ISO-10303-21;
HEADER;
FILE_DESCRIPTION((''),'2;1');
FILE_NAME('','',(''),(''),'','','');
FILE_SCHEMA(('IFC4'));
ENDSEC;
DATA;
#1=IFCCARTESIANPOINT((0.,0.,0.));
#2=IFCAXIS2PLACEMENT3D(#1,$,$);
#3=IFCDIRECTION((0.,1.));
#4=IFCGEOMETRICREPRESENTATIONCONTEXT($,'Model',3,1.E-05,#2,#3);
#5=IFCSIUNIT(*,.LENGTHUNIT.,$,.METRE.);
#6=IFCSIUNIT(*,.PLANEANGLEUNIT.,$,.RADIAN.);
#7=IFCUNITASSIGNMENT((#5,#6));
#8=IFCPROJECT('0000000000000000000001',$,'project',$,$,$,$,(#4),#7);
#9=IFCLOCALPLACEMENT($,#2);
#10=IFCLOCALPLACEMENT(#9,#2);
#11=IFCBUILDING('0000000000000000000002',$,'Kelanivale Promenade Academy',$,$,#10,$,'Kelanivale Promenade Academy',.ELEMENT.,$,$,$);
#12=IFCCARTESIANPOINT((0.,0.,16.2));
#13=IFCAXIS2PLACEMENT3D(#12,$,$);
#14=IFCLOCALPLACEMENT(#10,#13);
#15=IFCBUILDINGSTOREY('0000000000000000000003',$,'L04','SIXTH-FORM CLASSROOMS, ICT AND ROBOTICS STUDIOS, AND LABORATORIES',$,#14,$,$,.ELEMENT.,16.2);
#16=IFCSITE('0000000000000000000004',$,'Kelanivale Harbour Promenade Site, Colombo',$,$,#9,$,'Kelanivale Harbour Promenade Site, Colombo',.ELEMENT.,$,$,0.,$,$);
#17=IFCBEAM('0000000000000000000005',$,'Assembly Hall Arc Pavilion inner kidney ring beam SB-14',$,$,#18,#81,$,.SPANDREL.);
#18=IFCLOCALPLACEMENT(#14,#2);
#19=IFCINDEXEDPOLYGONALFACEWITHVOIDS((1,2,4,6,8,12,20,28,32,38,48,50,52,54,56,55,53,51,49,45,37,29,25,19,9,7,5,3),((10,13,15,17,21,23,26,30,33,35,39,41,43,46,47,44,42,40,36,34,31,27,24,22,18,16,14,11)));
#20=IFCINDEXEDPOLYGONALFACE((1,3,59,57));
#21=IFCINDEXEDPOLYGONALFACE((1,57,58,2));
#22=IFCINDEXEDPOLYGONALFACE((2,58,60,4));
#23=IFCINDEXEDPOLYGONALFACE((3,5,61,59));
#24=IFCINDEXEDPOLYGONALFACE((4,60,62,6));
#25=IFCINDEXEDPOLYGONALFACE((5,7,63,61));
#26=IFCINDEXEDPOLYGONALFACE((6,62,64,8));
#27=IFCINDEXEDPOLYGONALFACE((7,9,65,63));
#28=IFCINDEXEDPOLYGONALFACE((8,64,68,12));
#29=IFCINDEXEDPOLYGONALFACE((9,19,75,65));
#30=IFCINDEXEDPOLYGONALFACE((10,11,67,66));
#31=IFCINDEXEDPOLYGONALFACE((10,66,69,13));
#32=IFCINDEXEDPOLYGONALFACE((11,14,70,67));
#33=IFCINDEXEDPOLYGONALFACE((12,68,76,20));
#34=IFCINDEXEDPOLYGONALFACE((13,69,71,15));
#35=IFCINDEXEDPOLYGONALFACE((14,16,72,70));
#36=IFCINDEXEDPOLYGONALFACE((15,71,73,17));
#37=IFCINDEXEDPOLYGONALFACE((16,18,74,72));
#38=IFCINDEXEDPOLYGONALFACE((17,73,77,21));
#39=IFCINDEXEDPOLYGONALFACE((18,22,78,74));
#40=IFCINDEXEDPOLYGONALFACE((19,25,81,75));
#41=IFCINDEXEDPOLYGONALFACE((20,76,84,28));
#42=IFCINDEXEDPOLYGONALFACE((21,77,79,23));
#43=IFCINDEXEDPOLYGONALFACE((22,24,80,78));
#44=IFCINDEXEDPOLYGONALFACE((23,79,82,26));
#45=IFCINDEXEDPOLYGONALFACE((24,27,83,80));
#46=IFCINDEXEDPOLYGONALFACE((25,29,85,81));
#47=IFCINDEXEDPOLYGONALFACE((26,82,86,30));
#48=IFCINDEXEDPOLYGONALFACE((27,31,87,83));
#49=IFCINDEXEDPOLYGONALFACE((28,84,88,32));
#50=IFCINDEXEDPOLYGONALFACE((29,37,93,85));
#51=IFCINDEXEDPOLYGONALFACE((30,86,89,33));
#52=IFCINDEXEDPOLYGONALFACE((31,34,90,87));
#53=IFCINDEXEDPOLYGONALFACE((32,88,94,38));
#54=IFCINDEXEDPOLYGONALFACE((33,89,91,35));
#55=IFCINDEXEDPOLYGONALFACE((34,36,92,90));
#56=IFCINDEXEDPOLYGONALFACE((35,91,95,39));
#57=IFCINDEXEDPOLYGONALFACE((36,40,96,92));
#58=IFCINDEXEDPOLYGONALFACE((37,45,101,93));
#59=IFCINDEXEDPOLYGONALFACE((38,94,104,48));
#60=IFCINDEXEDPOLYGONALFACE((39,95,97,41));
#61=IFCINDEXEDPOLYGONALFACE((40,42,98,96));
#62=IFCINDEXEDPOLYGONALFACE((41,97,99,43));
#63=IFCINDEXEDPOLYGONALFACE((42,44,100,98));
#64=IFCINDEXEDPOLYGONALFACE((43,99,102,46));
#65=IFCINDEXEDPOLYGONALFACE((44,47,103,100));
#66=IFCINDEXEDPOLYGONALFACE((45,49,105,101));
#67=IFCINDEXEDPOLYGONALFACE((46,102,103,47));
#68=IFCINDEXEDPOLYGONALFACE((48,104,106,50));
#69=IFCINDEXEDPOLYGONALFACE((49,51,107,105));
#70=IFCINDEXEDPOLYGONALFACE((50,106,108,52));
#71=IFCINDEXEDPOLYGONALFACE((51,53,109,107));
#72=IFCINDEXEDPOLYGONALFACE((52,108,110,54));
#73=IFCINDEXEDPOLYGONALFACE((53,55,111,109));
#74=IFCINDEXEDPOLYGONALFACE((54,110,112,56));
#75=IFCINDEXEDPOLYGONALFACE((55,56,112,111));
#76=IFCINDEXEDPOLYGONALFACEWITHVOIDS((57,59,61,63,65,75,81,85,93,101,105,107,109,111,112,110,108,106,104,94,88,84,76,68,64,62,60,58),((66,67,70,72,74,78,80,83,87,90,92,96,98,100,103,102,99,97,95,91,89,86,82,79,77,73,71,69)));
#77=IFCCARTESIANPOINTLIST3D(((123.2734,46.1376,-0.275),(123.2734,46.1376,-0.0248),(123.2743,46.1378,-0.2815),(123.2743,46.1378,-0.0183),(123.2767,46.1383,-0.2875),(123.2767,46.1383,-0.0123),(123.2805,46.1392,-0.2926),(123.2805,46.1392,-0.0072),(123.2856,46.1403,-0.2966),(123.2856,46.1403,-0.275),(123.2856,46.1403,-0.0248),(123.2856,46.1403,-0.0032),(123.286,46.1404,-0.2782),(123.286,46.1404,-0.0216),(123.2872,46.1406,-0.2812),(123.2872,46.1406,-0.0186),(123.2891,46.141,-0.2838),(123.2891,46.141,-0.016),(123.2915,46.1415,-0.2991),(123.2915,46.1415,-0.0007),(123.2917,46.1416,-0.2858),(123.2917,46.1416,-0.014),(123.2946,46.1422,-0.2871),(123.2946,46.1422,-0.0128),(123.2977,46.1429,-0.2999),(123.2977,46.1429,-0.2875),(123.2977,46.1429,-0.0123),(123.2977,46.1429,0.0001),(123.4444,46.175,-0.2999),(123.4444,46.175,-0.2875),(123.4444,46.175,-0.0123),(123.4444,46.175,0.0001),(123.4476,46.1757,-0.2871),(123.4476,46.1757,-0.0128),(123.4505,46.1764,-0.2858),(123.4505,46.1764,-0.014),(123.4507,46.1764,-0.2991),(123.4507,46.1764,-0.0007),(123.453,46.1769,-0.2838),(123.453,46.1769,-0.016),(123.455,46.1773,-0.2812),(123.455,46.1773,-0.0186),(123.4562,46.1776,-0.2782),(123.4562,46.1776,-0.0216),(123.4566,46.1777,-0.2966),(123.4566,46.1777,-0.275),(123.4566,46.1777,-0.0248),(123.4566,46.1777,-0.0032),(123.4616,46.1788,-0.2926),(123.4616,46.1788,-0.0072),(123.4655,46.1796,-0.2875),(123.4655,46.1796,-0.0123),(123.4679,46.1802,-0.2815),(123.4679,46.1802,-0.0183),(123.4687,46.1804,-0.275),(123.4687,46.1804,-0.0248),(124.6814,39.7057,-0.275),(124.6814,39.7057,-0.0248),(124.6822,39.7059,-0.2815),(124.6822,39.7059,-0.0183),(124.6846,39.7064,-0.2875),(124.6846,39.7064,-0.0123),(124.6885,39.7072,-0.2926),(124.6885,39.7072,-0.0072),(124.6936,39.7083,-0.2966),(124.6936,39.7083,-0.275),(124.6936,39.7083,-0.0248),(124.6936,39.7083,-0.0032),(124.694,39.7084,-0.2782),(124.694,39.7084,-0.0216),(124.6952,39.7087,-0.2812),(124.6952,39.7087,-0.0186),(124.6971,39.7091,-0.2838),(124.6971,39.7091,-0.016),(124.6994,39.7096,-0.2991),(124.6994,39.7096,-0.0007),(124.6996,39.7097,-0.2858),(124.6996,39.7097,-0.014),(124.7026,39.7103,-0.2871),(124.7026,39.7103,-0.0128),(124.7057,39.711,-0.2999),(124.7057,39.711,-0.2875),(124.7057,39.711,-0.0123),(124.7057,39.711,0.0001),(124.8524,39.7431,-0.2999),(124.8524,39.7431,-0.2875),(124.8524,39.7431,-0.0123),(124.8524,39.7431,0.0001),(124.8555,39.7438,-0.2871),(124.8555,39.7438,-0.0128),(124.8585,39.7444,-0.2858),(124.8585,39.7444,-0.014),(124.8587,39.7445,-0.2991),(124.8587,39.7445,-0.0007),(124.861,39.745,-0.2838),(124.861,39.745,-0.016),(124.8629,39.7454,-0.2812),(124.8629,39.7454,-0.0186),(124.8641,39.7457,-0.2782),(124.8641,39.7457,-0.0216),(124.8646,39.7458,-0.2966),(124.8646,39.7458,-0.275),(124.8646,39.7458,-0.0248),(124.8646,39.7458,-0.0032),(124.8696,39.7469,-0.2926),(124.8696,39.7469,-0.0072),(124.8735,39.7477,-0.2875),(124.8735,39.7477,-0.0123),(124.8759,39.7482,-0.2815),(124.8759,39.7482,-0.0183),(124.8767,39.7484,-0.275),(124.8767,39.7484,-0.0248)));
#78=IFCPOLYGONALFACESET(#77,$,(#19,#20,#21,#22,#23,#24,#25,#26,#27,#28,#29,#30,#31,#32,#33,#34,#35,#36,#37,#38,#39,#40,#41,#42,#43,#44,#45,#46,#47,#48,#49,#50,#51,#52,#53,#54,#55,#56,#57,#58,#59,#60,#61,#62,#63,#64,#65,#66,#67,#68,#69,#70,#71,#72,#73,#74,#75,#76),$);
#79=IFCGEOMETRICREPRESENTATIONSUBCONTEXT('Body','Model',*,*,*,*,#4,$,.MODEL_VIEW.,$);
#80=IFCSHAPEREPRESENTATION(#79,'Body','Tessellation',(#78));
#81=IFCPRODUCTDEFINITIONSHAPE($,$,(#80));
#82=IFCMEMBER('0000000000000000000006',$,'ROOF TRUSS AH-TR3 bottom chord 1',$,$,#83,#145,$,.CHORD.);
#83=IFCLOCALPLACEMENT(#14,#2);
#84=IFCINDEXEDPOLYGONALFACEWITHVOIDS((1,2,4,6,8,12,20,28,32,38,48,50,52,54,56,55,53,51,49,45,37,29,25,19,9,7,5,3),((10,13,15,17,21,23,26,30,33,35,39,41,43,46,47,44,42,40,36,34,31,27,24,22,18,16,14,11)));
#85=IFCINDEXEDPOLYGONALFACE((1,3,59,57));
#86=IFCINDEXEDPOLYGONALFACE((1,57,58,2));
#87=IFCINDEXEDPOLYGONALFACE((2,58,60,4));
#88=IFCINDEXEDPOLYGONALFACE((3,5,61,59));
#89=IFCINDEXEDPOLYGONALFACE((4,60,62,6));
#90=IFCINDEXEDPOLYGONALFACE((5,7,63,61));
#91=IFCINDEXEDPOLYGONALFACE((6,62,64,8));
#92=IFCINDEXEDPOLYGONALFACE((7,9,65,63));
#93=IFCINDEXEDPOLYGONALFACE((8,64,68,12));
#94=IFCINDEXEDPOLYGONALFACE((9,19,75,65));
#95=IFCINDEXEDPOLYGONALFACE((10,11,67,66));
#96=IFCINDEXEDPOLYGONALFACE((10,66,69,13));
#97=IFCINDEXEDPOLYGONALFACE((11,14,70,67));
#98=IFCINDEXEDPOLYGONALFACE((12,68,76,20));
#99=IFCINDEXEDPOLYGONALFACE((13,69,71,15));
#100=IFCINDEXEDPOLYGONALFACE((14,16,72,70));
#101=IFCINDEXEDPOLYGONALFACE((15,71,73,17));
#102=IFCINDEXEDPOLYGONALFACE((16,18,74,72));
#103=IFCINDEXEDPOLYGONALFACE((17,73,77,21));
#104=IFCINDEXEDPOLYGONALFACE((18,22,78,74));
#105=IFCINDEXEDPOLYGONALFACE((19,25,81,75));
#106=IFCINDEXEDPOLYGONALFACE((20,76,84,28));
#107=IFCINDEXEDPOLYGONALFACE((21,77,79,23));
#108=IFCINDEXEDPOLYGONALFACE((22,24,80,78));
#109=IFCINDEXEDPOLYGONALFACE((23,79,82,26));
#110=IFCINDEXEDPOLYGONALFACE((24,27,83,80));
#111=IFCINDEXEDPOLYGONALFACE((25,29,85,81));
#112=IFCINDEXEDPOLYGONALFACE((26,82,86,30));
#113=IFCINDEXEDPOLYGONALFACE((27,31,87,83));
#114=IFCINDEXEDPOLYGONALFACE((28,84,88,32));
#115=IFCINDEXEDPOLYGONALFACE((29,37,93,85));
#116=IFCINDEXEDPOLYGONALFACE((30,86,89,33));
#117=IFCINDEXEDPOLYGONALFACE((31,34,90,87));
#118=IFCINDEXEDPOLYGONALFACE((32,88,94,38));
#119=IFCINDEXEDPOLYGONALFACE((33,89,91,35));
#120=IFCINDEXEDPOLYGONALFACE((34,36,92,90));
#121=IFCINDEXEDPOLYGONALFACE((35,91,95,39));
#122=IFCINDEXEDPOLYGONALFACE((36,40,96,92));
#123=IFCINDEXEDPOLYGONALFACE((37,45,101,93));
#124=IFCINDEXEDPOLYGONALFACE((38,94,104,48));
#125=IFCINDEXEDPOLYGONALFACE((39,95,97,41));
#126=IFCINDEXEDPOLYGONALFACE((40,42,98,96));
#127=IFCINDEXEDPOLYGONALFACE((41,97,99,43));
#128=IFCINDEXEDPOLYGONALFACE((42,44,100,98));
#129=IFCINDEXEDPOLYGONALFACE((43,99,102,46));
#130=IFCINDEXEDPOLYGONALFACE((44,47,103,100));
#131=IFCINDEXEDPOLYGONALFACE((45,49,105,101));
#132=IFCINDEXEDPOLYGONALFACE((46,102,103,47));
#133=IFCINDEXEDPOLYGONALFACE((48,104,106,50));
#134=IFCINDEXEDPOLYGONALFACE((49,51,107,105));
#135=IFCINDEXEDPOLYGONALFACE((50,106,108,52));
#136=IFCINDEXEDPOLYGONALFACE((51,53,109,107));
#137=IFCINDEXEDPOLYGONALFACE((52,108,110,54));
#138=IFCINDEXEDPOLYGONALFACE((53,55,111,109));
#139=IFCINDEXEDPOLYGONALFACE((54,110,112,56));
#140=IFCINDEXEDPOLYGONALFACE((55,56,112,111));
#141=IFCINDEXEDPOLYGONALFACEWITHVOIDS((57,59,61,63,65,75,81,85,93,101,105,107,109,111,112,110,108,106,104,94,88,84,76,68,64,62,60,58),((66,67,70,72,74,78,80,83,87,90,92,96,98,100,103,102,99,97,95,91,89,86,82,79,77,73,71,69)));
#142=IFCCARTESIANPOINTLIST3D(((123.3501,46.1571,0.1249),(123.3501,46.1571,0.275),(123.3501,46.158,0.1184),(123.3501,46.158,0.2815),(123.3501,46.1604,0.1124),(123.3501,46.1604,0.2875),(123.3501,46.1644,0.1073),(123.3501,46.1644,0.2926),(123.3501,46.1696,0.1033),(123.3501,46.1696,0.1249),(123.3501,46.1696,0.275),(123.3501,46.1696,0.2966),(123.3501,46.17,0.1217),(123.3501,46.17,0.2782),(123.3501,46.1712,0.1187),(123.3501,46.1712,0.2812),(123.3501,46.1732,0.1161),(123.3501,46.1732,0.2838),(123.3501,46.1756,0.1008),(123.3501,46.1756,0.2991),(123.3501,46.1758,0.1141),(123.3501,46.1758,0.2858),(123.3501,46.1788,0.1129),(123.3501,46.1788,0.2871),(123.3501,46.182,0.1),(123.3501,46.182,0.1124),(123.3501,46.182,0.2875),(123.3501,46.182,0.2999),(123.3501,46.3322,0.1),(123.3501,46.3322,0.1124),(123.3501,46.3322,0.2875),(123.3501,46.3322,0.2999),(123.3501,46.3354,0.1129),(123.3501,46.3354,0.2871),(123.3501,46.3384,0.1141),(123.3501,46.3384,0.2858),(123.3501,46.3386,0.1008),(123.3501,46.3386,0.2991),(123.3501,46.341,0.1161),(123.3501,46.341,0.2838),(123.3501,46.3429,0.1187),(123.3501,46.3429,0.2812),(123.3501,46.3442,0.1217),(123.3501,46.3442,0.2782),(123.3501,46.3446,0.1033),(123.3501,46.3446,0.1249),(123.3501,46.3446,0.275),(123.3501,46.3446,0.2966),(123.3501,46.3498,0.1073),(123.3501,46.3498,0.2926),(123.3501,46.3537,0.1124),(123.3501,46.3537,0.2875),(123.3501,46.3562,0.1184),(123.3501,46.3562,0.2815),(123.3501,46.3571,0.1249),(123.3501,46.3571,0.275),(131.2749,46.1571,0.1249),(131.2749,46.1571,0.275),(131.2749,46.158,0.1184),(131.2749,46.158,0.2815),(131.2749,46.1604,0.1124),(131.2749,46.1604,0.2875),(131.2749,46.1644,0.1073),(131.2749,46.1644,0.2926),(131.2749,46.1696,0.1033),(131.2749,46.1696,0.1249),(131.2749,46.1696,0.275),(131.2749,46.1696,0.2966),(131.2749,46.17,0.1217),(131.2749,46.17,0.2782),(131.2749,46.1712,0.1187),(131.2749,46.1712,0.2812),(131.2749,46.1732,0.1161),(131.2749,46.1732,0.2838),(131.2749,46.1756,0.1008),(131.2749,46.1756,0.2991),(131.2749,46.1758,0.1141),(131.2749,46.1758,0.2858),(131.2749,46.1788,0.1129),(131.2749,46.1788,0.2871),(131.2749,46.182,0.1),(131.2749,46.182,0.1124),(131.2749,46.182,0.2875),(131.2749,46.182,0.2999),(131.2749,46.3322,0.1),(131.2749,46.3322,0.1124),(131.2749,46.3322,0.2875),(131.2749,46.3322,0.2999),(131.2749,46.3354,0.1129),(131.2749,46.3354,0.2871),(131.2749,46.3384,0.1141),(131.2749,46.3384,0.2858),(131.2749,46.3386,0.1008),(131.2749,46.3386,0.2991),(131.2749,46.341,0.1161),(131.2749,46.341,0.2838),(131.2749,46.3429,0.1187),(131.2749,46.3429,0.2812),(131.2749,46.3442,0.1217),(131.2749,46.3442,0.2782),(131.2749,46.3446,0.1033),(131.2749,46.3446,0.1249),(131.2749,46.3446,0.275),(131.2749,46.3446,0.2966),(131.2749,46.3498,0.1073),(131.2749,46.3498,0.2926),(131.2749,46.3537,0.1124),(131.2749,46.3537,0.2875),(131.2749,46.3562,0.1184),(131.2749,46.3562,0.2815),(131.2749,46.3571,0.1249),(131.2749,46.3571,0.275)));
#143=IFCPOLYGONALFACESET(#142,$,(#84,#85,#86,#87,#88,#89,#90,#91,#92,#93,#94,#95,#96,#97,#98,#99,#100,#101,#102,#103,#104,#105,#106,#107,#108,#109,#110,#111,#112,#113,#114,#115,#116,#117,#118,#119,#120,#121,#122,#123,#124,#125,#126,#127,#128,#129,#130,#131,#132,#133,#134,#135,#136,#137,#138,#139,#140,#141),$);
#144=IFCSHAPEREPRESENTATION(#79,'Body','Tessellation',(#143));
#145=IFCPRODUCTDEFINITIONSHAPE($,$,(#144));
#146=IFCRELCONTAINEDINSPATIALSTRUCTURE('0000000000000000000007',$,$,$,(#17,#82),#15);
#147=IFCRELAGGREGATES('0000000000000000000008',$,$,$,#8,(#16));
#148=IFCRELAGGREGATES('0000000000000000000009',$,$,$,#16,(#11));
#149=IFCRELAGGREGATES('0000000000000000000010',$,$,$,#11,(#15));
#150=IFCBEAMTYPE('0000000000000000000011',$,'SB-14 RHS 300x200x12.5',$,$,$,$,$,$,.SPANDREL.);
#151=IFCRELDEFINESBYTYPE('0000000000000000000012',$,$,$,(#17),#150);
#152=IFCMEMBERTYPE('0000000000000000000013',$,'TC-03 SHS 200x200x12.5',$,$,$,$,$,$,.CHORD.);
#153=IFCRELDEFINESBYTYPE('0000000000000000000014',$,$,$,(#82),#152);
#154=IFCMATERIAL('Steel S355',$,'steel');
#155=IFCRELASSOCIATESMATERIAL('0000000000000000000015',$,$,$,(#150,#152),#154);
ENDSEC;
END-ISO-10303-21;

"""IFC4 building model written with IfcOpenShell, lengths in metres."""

from ifc_helpers import new_model, si_unit, direction, frame, origin, origin_2d, place, context, subcontext, project, spatial, hollow_rectangle, extrude, material, material_profile, profile_set, type_object, element, save


model = new_model("IFC4")

# Units and contexts
model_context = context("Model", 3, precision=1e-05, world=origin(), true_north=direction((0.0, 1.0)))
body_context = subcontext(model_context, "Body", "Model", "MODEL_VIEW")
ifc_project = project(units=[si_unit("LENGTHUNIT", "METRE"), si_unit("PLANEANGLEUNIT", "RADIAN")], contexts=[model_context])

# Site, building, storey
site_placement = place(None, origin())
site = spatial("IfcSite", under=ifc_project, at=site_placement, Name="Kelanivale Harbour Promenade Site, Colombo", LongName="Kelanivale Harbour Promenade Site, Colombo", CompositionType="ELEMENT", RefElevation=0.0)
building_placement = place(site_placement, origin())
building = spatial("IfcBuilding", under=site, at=building_placement, Name="Kelanivale Promenade Academy", LongName="Kelanivale Promenade Academy", CompositionType="ELEMENT")
storey_placement = place(building_placement, frame((0.0, 0.0, 16.2)))
storey = spatial("IfcBuildingStorey", under=building, at=storey_placement, Name="L04", Description="SIXTH-FORM CLASSROOMS, ICT AND ROBOTICS STUDIOS, AND LABORATORIES", CompositionType="ELEMENT", Elevation=16.2)

# Shared definitions
ifc_material_1 = material(Name="Steel S355", Category="steel")

# Beam
ifc_material_profile_1 = material_profile(ifc_material_1, hollow_rectangle(XDim=0.2, YDim=0.3, WallThickness=0.0125, InnerFilletRadius=0.0125, OuterFilletRadius=0.0249, at=origin_2d()), Name="RHS 300x200x12.5")
ifc_profile_set_1 = profile_set([ifc_material_profile_1], Name="Steel S355")
beam_type = type_object("IfcBeamType", Name="SB-14 RHS 300x200x12.5", PredefinedType="SPANDREL", material=ifc_profile_set_1)
beam_placement = place(storey_placement, frame((124.7791, 39.7271, -0.1499), z_axis=(-0.21384, 0.976869, 0.0), x_axis=(-0.976869, -0.21384, 0.0)))
element("IfcBeam", 1, at=beam_placement, inside=storey, type_object=beam_type, Name="Assembly Hall Arc Pavilion inner kidney ring beam SB-14", PredefinedType="SPANDREL", context=body_context, shape_type="SweptSolid", body=[
    extrude(hollow_rectangle(XDim=0.2, YDim=0.3, WallThickness=0.0125, InnerFilletRadius=0.0125, OuterFilletRadius=0.0249, at=origin_2d()), origin(), (0.0, 0.0, 1.0), 6.5842),
])

# Member
ifc_material_profile_2 = material_profile(ifc_material_1, hollow_rectangle(XDim=0.2, YDim=0.2, WallThickness=0.0125, InnerFilletRadius=0.0125, OuterFilletRadius=0.0249, at=origin_2d()), Name="SHS 200x200x12.5")
ifc_profile_set_2 = profile_set([ifc_material_profile_2], Name="Steel S355")
member_type_1 = type_object("IfcMemberType", Name="TC-03 SHS 200x200x12.5", PredefinedType="CHORD", material=ifc_profile_set_2)
member_1_placement = place(storey_placement, frame((123.3501, 46.2571, 0.2), z_axis=(1.0, 0.0, 0.0), x_axis=(0.0, 1.0, 0.0)))
element("IfcMember", 2, at=member_1_placement, inside=storey, type_object=member_type_1, Name="ROOF TRUSS AH-TR3 bottom chord 1", PredefinedType="CHORD", context=body_context, shape_type="SweptSolid", body=[
    extrude(hollow_rectangle(XDim=0.2, YDim=0.2, WallThickness=0.0125, InnerFilletRadius=0.0125, OuterFilletRadius=0.0249, at=origin_2d()), origin(), (0.0, 0.0, 1.0), 7.9248),
])

save(model, "model.ifc")
